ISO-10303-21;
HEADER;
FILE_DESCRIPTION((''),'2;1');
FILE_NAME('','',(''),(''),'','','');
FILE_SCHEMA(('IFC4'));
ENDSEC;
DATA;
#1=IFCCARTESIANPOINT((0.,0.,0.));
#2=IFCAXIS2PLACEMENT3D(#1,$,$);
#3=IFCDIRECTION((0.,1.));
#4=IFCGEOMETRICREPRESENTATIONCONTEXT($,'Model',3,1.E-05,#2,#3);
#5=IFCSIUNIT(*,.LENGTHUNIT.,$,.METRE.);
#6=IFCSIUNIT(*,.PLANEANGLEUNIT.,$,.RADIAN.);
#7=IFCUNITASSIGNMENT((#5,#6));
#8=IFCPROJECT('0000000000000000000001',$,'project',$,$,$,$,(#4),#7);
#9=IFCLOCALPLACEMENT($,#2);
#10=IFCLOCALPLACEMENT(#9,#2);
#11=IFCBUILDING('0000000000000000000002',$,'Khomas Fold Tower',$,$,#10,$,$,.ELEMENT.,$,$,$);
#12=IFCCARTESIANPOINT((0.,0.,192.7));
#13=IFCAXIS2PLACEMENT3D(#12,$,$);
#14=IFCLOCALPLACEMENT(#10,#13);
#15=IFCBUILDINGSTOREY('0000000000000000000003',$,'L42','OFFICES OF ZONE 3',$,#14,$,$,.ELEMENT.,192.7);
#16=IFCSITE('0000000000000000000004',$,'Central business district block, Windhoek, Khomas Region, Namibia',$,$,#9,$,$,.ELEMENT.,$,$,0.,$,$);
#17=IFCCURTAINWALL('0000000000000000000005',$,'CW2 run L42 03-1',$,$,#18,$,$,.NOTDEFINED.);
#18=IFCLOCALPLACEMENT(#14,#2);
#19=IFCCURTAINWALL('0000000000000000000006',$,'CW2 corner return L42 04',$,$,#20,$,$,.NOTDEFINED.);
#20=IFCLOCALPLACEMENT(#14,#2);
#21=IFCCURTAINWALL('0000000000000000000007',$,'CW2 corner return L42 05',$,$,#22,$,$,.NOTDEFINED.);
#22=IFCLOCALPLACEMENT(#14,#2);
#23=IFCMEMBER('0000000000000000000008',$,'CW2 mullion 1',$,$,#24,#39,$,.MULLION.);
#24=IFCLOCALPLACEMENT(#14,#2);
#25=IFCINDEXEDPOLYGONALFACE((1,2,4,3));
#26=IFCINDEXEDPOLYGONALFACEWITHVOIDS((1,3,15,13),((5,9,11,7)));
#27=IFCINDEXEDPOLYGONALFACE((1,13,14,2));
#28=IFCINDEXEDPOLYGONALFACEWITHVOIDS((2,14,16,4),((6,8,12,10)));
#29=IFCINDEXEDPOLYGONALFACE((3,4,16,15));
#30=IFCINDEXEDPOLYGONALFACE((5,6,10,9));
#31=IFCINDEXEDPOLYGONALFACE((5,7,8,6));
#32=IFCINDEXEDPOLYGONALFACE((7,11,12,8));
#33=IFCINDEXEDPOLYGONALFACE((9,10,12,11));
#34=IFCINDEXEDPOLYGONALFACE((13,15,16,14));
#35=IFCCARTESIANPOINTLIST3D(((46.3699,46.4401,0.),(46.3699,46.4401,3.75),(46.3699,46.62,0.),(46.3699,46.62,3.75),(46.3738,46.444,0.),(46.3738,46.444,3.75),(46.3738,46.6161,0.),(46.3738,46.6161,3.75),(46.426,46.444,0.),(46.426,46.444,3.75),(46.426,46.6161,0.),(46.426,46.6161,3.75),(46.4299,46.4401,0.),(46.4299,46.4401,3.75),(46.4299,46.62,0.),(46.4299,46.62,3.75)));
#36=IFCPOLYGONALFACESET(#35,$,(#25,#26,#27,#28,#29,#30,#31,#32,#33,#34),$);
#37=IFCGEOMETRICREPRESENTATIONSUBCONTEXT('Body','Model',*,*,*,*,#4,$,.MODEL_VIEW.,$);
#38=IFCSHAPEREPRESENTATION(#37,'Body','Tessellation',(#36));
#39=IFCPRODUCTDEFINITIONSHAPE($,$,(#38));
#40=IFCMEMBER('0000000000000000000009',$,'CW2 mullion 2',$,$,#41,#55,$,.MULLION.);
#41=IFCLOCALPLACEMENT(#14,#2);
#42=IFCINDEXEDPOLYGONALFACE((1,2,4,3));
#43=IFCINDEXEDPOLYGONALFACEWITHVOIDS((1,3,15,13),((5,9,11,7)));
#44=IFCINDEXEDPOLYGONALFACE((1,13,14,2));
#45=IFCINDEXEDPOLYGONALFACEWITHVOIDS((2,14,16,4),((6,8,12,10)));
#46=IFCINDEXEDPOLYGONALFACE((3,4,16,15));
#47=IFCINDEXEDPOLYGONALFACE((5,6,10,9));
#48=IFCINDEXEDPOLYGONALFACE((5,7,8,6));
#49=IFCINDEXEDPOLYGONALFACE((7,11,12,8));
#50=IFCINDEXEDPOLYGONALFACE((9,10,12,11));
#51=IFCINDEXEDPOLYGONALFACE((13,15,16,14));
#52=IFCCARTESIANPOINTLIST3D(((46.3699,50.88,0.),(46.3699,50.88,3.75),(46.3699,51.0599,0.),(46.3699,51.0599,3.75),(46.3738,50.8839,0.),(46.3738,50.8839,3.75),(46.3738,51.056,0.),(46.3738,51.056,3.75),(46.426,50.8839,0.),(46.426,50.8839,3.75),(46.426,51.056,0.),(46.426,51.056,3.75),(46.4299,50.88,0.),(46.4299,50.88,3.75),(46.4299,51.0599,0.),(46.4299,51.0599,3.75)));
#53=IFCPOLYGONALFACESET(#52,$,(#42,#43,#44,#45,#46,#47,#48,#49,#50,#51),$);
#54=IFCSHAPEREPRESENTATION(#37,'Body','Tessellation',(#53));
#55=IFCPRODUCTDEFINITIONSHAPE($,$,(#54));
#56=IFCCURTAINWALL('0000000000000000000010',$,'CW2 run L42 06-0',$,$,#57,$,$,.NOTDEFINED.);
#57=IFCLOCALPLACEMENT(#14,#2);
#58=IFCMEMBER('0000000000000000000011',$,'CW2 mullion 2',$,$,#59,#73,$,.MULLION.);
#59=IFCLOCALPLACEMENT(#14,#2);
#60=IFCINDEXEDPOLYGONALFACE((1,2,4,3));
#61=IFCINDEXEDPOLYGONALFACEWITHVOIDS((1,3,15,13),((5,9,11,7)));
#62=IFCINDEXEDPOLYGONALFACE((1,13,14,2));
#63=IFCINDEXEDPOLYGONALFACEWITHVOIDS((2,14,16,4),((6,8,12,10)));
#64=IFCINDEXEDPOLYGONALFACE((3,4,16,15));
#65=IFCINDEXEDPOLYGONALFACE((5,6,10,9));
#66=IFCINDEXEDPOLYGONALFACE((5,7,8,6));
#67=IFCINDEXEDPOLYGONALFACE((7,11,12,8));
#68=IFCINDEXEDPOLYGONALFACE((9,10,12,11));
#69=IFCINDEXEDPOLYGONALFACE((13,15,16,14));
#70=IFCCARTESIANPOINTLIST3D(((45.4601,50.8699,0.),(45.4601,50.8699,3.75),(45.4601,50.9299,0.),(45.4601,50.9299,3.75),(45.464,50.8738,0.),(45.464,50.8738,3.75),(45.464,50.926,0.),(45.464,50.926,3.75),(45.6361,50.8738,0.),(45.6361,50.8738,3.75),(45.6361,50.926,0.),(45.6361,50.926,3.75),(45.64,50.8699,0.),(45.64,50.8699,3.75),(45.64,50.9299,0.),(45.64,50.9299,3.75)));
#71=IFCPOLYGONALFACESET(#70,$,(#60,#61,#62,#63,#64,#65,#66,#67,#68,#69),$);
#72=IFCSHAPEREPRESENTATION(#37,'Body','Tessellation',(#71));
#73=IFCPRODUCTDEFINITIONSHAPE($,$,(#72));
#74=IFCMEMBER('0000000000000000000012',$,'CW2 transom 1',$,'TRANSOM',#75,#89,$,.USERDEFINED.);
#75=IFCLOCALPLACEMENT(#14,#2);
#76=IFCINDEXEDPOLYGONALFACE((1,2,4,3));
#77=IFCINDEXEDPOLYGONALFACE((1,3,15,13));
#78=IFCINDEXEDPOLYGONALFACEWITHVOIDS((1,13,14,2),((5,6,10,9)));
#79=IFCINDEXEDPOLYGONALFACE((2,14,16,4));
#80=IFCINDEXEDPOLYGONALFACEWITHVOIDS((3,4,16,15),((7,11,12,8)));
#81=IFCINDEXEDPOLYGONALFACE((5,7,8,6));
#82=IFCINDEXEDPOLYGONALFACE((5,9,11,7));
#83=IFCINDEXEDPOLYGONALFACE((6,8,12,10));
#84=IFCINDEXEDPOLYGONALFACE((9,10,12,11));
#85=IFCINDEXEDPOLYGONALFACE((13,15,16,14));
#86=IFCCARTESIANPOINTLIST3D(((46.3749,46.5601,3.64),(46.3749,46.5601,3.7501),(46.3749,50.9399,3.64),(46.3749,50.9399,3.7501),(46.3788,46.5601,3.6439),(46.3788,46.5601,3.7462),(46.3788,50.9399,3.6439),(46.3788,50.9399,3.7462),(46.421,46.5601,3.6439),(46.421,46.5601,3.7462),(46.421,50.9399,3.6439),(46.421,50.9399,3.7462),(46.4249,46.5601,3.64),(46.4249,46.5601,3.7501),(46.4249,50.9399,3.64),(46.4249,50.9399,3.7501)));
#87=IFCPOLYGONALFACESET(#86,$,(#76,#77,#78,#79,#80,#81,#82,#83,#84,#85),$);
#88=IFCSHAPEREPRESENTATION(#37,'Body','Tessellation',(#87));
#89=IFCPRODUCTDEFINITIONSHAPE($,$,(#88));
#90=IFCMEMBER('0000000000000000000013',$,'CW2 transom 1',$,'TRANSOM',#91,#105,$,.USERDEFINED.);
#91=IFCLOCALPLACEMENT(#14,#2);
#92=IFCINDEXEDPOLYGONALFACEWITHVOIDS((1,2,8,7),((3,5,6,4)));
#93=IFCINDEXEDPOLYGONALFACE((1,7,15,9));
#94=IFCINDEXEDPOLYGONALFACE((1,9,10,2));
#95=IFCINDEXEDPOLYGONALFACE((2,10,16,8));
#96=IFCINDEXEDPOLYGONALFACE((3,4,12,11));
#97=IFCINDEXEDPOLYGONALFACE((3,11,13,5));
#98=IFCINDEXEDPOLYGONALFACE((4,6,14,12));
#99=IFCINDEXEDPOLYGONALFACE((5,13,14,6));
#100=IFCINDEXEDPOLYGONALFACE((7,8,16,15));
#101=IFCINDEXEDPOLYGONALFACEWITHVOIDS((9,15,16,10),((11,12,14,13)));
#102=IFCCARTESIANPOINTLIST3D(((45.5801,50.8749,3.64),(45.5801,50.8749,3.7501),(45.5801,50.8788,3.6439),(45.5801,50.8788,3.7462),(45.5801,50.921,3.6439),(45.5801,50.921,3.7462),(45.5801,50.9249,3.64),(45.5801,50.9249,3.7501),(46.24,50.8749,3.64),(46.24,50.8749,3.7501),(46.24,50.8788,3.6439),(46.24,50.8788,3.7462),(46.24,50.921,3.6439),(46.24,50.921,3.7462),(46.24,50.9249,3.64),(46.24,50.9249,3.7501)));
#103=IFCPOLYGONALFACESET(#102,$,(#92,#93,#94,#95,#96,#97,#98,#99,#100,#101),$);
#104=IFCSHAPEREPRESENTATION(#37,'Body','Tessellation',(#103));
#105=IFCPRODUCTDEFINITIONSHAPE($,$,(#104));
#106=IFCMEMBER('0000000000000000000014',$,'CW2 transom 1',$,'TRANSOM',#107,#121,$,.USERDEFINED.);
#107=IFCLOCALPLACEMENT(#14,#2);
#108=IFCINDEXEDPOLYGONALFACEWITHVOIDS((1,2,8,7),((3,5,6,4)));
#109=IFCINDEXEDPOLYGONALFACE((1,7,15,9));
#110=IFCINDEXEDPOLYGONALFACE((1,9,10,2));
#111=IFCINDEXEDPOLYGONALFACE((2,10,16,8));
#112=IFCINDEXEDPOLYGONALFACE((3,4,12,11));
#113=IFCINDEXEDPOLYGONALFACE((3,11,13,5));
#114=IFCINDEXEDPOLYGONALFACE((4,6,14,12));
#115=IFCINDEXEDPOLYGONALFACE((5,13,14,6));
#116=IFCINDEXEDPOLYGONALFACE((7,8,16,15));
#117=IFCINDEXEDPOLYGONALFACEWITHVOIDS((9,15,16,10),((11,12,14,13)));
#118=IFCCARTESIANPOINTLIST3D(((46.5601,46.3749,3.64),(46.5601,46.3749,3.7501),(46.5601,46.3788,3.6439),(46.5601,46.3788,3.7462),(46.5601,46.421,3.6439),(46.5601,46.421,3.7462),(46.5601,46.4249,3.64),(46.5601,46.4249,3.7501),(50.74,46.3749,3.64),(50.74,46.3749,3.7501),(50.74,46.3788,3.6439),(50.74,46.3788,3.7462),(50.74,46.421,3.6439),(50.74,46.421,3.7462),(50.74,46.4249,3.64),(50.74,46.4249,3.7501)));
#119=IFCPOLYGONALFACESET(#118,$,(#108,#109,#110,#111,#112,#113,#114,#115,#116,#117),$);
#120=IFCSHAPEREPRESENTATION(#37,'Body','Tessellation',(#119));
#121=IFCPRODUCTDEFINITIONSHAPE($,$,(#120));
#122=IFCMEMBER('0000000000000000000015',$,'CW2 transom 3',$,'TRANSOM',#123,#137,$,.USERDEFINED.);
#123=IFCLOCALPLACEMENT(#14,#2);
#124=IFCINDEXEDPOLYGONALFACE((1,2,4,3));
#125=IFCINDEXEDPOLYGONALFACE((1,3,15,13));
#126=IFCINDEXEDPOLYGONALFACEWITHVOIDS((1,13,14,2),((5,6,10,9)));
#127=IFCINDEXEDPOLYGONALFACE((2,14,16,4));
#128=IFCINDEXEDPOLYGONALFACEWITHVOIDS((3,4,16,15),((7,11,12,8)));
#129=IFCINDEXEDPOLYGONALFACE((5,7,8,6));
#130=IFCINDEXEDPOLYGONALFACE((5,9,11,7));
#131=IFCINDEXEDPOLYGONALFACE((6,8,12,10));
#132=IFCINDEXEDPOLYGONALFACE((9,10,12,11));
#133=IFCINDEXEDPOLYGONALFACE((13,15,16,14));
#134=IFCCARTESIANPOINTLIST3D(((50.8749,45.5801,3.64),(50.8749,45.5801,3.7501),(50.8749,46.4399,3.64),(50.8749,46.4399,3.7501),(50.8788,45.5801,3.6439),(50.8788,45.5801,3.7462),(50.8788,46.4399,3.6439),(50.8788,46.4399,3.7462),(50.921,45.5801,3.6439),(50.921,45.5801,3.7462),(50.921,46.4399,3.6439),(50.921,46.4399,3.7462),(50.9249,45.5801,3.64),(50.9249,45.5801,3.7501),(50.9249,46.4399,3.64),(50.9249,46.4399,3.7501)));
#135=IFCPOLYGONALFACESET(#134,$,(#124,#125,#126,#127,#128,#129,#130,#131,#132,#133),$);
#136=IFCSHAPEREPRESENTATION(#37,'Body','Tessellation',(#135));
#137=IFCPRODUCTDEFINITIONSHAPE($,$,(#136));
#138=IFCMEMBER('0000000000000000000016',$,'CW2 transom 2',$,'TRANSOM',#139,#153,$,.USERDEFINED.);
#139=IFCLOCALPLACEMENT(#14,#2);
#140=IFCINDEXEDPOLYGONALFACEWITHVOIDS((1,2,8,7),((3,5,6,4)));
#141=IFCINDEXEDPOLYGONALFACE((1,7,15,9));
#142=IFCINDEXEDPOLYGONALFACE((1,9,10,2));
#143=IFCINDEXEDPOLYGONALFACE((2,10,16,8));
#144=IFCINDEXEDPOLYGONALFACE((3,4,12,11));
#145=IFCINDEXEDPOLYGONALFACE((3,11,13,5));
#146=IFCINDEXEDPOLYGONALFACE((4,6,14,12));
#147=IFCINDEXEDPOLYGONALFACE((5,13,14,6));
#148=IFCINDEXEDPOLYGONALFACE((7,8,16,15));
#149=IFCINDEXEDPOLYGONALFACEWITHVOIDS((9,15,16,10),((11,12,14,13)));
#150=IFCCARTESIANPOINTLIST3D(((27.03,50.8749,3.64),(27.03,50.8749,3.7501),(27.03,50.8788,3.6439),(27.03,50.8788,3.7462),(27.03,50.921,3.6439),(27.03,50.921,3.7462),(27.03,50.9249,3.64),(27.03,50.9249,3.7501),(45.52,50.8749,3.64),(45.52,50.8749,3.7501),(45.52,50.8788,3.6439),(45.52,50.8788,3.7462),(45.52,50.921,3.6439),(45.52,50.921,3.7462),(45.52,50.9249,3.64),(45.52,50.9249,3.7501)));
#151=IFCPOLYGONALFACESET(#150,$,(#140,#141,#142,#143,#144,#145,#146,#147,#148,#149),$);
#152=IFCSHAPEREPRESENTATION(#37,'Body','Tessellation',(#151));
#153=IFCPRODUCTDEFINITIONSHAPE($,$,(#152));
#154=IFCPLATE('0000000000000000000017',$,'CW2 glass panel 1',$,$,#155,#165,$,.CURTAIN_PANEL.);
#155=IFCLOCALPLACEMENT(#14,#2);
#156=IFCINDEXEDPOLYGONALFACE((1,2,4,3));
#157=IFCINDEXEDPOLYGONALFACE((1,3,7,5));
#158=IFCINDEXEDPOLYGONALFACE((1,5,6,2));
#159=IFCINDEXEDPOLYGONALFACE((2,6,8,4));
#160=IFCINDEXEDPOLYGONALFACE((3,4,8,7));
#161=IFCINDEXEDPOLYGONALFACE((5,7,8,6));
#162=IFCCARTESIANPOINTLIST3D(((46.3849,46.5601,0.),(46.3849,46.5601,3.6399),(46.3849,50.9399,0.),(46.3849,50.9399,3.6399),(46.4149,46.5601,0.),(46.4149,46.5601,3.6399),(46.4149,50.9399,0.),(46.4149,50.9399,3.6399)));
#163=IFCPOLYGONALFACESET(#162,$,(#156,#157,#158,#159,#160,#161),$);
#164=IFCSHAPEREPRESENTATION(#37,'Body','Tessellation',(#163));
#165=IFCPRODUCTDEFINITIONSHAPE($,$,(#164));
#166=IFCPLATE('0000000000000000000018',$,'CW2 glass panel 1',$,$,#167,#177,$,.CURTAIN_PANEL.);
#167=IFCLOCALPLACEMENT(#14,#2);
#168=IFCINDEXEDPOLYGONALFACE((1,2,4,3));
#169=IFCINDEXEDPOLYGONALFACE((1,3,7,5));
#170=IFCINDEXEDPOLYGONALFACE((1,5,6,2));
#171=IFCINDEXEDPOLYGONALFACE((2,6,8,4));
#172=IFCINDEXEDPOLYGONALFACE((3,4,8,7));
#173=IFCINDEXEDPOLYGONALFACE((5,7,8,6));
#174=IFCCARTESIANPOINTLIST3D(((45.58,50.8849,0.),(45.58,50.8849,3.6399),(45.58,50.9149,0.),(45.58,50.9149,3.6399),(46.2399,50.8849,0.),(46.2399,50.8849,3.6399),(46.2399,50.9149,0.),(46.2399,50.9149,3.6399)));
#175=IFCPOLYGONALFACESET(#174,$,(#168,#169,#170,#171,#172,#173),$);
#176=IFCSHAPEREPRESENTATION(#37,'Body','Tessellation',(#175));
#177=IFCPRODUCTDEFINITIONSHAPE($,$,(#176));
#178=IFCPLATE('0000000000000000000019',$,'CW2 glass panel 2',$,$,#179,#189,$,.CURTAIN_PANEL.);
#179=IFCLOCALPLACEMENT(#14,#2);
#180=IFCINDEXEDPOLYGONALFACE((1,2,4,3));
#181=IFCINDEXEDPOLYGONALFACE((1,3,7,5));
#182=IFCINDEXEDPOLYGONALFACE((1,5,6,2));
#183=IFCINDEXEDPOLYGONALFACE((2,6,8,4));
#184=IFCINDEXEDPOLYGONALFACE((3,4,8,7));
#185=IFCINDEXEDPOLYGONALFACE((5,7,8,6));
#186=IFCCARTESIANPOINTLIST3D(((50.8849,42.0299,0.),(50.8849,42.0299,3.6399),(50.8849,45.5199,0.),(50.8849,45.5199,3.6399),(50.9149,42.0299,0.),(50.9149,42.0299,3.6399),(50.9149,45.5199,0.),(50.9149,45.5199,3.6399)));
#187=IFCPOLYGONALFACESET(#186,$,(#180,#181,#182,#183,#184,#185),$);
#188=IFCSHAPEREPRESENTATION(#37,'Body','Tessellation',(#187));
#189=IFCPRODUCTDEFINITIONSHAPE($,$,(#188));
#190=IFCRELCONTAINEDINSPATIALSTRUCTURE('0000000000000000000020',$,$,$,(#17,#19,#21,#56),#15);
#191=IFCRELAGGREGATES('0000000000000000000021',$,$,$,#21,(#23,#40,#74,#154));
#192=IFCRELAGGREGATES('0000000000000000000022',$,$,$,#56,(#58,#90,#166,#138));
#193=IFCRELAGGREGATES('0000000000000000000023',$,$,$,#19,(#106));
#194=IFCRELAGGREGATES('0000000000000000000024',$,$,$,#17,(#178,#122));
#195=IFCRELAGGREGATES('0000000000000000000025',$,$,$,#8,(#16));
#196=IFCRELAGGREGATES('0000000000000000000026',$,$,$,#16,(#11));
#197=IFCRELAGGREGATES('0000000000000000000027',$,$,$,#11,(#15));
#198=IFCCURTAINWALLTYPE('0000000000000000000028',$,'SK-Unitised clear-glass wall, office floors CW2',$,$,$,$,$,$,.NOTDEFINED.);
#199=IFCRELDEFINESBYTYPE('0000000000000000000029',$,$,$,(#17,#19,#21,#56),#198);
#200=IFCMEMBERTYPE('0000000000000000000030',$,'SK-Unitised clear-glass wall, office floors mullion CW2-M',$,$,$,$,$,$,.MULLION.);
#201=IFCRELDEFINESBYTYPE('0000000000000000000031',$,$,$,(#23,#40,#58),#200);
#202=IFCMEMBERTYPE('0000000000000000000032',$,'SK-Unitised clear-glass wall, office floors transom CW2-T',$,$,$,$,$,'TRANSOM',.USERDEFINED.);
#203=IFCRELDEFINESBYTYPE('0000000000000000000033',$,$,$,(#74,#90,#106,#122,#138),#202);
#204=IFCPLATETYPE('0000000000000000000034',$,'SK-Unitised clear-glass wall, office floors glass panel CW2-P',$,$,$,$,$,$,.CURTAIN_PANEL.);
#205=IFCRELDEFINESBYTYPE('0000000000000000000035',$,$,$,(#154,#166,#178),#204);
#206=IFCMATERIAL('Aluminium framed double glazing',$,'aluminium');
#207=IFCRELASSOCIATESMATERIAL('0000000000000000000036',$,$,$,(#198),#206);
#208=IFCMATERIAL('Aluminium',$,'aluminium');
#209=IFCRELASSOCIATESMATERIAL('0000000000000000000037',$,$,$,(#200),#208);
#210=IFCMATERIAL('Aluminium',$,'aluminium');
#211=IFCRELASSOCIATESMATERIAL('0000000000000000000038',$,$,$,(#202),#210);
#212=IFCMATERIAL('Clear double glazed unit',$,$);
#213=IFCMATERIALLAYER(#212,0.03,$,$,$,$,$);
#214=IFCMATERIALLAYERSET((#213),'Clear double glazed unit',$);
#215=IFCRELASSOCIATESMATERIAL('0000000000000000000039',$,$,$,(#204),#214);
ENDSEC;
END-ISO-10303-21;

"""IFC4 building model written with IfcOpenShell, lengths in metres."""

from ifc_helpers import new_model, si_unit, direction, frame, origin, origin_2d, place, context, subcontext, project, spatial, rectangle, hollow_rectangle, extrude, source, transform, mapped, material, layer, layer_set, material_profile, profile_set, type_object, element, aggregate, save


model = new_model("IFC4")

# Units and contexts
model_context = context("Model", 3, precision=1e-05, world=origin(), true_north=direction((0.0, 1.0)))
body_context = subcontext(model_context, "Body", "Model", "MODEL_VIEW")
ifc_project = project(units=[si_unit("LENGTHUNIT", "METRE"), si_unit("PLANEANGLEUNIT", "RADIAN")], contexts=[model_context])

# Site, building, storey
site_placement = place(None, origin())
site = spatial("IfcSite", under=ifc_project, at=site_placement, Name="Central business district block, Windhoek, Khomas Region, Namibia", CompositionType="ELEMENT", RefElevation=0.0)
building_placement = place(site_placement, origin())
building = spatial("IfcBuilding", under=site, at=building_placement, Name="Khomas Fold Tower", CompositionType="ELEMENT")
storey_placement = place(building_placement, frame((0.0, 0.0, 192.7)))
storey = spatial("IfcBuildingStorey", under=building, at=storey_placement, Name="L42", Description="OFFICES OF ZONE 3", CompositionType="ELEMENT", Elevation=192.7)

# Curtain walls, members
ifc_material_1 = material(Name="Aluminium framed double glazing", Category="aluminium")
curtain_wall_type = type_object("IfcCurtainWallType", Name="SK-Unitised clear-glass wall, office floors CW2", PredefinedType="NOTDEFINED", material=ifc_material_1)
curtain_wall_1_placement = place(storey_placement, origin())
curtain_wall_1 = element("IfcCurtainWall", 1, at=curtain_wall_1_placement, inside=storey, type_object=curtain_wall_type, Name="CW2 run L42 03-1", PredefinedType="NOTDEFINED")
ifc_material_2 = material(Name="Aluminium", Category="aluminium")
ifc_material_profile_1 = material_profile(ifc_material_2, hollow_rectangle(XDim=0.0601, YDim=0.1799, WallThickness=0.0039, at=origin_2d()), Name="SK-Unitised clear-glass wall, office floors mullion CW2-M")
ifc_profile_set_1 = profile_set([ifc_material_profile_1], Name="Aluminium")
member_type_1 = type_object("IfcMemberType", Name="SK-Unitised clear-glass wall, office floors mullion CW2-M", PredefinedType="MULLION", material=ifc_profile_set_1)
shared_shape_1 = source(origin(), body_context, "Body", "SweptSolid", [
    extrude(hollow_rectangle(XDim=0.0601, YDim=0.1799, WallThickness=0.0039, at=origin_2d()), origin(), (0.0, 0.0, 1.0), 3.75),
])
curtain_wall_2_placement = place(storey_placement, origin())
curtain_wall_2 = element("IfcCurtainWall", 2, at=curtain_wall_2_placement, inside=storey, type_object=curtain_wall_type, Name="CW2 corner return L42 04", PredefinedType="NOTDEFINED")
curtain_wall_3_placement = place(storey_placement, origin())
curtain_wall_3 = element("IfcCurtainWall", 3, at=curtain_wall_3_placement, inside=storey, type_object=curtain_wall_type, Name="CW2 corner return L42 05", PredefinedType="NOTDEFINED")
member_1_placement = place(storey_placement, frame((46.3999, 46.53, 0.0), z_axis=(0.0, 0.0, 1.0), x_axis=(-1.0, 0.0, 0.0)))
member_1 = element("IfcMember", 4, at=member_1_placement, type_object=member_type_1, Name="CW2 mullion 1", PredefinedType="MULLION", context=body_context, shape_type="MappedRepresentation", body=[
    mapped(shared_shape_1, transform((0.0, 0.0, 0.0))),
])
member_2_placement = place(storey_placement, frame((46.3999, 50.97, 0.0), z_axis=(0.0, 0.0, 1.0), x_axis=(-1.0, 0.0, 0.0)))
member_2 = element("IfcMember", 5, at=member_2_placement, type_object=member_type_1, Name="CW2 mullion 2", PredefinedType="MULLION", context=body_context, shape_type="MappedRepresentation", body=[
    mapped(shared_shape_1, transform((0.0, 0.0, 0.0))),
])

# Curtain wall, member
curtain_wall_4_placement = place(storey_placement, origin())
curtain_wall_4 = element("IfcCurtainWall", 6, at=curtain_wall_4_placement, inside=storey, type_object=curtain_wall_type, Name="CW2 run L42 06-0", PredefinedType="NOTDEFINED")
member_3_placement = place(storey_placement, frame((45.55, 50.8999, 0.0), z_axis=(0.0, 0.0, 1.0), x_axis=(0.0, -1.0, 0.0)))
member_3 = element("IfcMember", 7, at=member_3_placement, type_object=member_type_1, Name="CW2 mullion 2", PredefinedType="MULLION", context=body_context, shape_type="MappedRepresentation", body=[
    mapped(shared_shape_1, transform((0.0, 0.0, 0.0))),
])

# Members
ifc_material_3 = material(Name="Aluminium", Category="aluminium")
ifc_material_profile_2 = material_profile(ifc_material_3, hollow_rectangle(XDim=0.05, YDim=0.1101, WallThickness=0.0039, at=origin_2d()), Name="SK-Unitised clear-glass wall, office floors transom CW2-T")
ifc_profile_set_2 = profile_set([ifc_material_profile_2], Name="Aluminium")
member_type_2 = type_object("IfcMemberType", Name="SK-Unitised clear-glass wall, office floors transom CW2-T", ElementType="TRANSOM", PredefinedType="USERDEFINED", material=ifc_profile_set_2)
shared_shape_2 = source(origin(), body_context, "Body", "SweptSolid", [
    extrude(hollow_rectangle(XDim=0.05, YDim=0.1101, WallThickness=0.0039, at=origin_2d()), origin(), (0.0, 0.0, 1.0), 4.3799),
])
member_4_placement = place(storey_placement, frame((46.3999, 46.5601, 3.6951), z_axis=(0.0, 1.0, 0.0), x_axis=(-1.0, 0.0, 0.0)))
member_4 = element("IfcMember", 8, at=member_4_placement, type_object=member_type_2, Name="CW2 transom 1", ObjectType="TRANSOM", PredefinedType="USERDEFINED", context=body_context, shape_type="MappedRepresentation", body=[
    mapped(shared_shape_2, transform((0.0, 0.0, 0.0))),
])
shared_shape_3 = source(origin(), body_context, "Body", "SweptSolid", [
    extrude(hollow_rectangle(XDim=0.05, YDim=0.1101, WallThickness=0.0039, at=origin_2d()), origin(), (0.0, 0.0, 1.0), 0.6599),
])
member_5_placement = place(storey_placement, frame((46.24, 50.8999, 3.6951), z_axis=(-1.0, 0.0, 0.0), x_axis=(0.0, -1.0, 0.0)))
member_5 = element("IfcMember", 9, at=member_5_placement, type_object=member_type_2, Name="CW2 transom 1", ObjectType="TRANSOM", PredefinedType="USERDEFINED", context=body_context, shape_type="MappedRepresentation", body=[
    mapped(shared_shape_3, transform((0.0, 0.0, 0.0))),
])
shared_shape_4 = source(origin(), body_context, "Body", "SweptSolid", [
    extrude(hollow_rectangle(XDim=0.05, YDim=0.1101, WallThickness=0.0039, at=origin_2d()), origin(), (0.0, 0.0, 1.0), 4.1799),
])
member_6_placement = place(storey_placement, frame((50.74, 46.3999, 3.6951), z_axis=(-1.0, 0.0, 0.0), x_axis=(0.0, -1.0, 0.0)))
member_6 = element("IfcMember", 10, at=member_6_placement, type_object=member_type_2, Name="CW2 transom 1", ObjectType="TRANSOM", PredefinedType="USERDEFINED", context=body_context, shape_type="MappedRepresentation", body=[
    mapped(shared_shape_4, transform((0.0, 0.0, 0.0))),
])
shared_shape_5 = source(origin(), body_context, "Body", "SweptSolid", [
    extrude(hollow_rectangle(XDim=0.05, YDim=0.1101, WallThickness=0.0039, at=origin_2d()), origin(), (0.0, 0.0, 1.0), 0.8599),
])
member_7_placement = place(storey_placement, frame((50.8999, 45.5801, 3.6951), z_axis=(0.0, 1.0, 0.0), x_axis=(-1.0, 0.0, 0.0)))
member_7 = element("IfcMember", 11, at=member_7_placement, type_object=member_type_2, Name="CW2 transom 3", ObjectType="TRANSOM", PredefinedType="USERDEFINED", context=body_context, shape_type="MappedRepresentation", body=[
    mapped(shared_shape_5, transform((0.0, 0.0, 0.0))),
])
shared_shape_6 = source(origin(), body_context, "Body", "SweptSolid", [
    extrude(hollow_rectangle(XDim=0.05, YDim=0.1101, WallThickness=0.0039, at=origin_2d()), origin(), (0.0, 0.0, 1.0), 18.49),
])
member_8_placement = place(storey_placement, frame((45.52, 50.8999, 3.6951), z_axis=(-1.0, 0.0, 0.0), x_axis=(0.0, -1.0, 0.0)))
member_8 = element("IfcMember", 12, at=member_8_placement, type_object=member_type_2, Name="CW2 transom 2", ObjectType="TRANSOM", PredefinedType="USERDEFINED", context=body_context, shape_type="MappedRepresentation", body=[
    mapped(shared_shape_6, transform((0.0, 0.0, 0.0))),
])

# Plates
ifc_material_4 = material(Name="Clear double glazed unit")
ifc_layer = layer(ifc_material_4, 0.03)
ifc_layer_set = layer_set([ifc_layer], Name="Clear double glazed unit")
plate_type = type_object("IfcPlateType", Name="SK-Unitised clear-glass wall, office floors glass panel CW2-P", PredefinedType="CURTAIN_PANEL", material=ifc_layer_set)
shared_shape_7 = source(origin(), body_context, "Body", "SweptSolid", [
    extrude(rectangle(XDim=4.3799, YDim=0.03, at=origin_2d()), origin(), (0.0, 0.0, 1.0), 3.6399),
])
plate_1_placement = place(storey_placement, frame((46.3999, 48.75, 0.0), z_axis=(0.0, 0.0, 1.0), x_axis=(0.0, 1.0, 0.0)))
plate_1 = element("IfcPlate", 13, at=plate_1_placement, type_object=plate_type, Name="CW2 glass panel 1", PredefinedType="CURTAIN_PANEL", context=body_context, shape_type="MappedRepresentation", body=[
    mapped(shared_shape_7, transform((0.0, 0.0, 0.0))),
])
aggregate(curtain_wall_3, [member_1, member_2, member_4, plate_1])
shared_shape_8 = source(origin(), body_context, "Body", "SweptSolid", [
    extrude(rectangle(XDim=0.6599, YDim=0.03, at=origin_2d()), origin(), (0.0, 0.0, 1.0), 3.6399),
])
plate_2_placement = place(storey_placement, frame((45.9099, 50.8999, 0.0), z_axis=(0.0, 0.0, 1.0), x_axis=(-1.0, 0.0, 0.0)))
plate_2 = element("IfcPlate", 14, at=plate_2_placement, type_object=plate_type, Name="CW2 glass panel 1", PredefinedType="CURTAIN_PANEL", context=body_context, shape_type="MappedRepresentation", body=[
    mapped(shared_shape_8, transform((0.0, 0.0, 0.0))),
])
aggregate(curtain_wall_4, [member_3, member_5, plate_2, member_8])
shared_shape_9 = source(origin(), body_context, "Body", "SweptSolid", [
    extrude(rectangle(XDim=3.49, YDim=0.03, at=origin_2d()), origin(), (0.0, 0.0, 1.0), 3.6399),
])
plate_3_placement = place(storey_placement, frame((50.8999, 43.7749, 0.0), z_axis=(0.0, 0.0, 1.0), x_axis=(0.0, 1.0, 0.0)))
plate_3 = element("IfcPlate", 15, at=plate_3_placement, type_object=plate_type, Name="CW2 glass panel 2", PredefinedType="CURTAIN_PANEL", context=body_context, shape_type="MappedRepresentation", body=[
    mapped(shared_shape_9, transform((0.0, 0.0, 0.0))),
])
aggregate(curtain_wall_2, [member_6])
aggregate(curtain_wall_1, [plate_3, member_7])

save(model, "model.ifc")
